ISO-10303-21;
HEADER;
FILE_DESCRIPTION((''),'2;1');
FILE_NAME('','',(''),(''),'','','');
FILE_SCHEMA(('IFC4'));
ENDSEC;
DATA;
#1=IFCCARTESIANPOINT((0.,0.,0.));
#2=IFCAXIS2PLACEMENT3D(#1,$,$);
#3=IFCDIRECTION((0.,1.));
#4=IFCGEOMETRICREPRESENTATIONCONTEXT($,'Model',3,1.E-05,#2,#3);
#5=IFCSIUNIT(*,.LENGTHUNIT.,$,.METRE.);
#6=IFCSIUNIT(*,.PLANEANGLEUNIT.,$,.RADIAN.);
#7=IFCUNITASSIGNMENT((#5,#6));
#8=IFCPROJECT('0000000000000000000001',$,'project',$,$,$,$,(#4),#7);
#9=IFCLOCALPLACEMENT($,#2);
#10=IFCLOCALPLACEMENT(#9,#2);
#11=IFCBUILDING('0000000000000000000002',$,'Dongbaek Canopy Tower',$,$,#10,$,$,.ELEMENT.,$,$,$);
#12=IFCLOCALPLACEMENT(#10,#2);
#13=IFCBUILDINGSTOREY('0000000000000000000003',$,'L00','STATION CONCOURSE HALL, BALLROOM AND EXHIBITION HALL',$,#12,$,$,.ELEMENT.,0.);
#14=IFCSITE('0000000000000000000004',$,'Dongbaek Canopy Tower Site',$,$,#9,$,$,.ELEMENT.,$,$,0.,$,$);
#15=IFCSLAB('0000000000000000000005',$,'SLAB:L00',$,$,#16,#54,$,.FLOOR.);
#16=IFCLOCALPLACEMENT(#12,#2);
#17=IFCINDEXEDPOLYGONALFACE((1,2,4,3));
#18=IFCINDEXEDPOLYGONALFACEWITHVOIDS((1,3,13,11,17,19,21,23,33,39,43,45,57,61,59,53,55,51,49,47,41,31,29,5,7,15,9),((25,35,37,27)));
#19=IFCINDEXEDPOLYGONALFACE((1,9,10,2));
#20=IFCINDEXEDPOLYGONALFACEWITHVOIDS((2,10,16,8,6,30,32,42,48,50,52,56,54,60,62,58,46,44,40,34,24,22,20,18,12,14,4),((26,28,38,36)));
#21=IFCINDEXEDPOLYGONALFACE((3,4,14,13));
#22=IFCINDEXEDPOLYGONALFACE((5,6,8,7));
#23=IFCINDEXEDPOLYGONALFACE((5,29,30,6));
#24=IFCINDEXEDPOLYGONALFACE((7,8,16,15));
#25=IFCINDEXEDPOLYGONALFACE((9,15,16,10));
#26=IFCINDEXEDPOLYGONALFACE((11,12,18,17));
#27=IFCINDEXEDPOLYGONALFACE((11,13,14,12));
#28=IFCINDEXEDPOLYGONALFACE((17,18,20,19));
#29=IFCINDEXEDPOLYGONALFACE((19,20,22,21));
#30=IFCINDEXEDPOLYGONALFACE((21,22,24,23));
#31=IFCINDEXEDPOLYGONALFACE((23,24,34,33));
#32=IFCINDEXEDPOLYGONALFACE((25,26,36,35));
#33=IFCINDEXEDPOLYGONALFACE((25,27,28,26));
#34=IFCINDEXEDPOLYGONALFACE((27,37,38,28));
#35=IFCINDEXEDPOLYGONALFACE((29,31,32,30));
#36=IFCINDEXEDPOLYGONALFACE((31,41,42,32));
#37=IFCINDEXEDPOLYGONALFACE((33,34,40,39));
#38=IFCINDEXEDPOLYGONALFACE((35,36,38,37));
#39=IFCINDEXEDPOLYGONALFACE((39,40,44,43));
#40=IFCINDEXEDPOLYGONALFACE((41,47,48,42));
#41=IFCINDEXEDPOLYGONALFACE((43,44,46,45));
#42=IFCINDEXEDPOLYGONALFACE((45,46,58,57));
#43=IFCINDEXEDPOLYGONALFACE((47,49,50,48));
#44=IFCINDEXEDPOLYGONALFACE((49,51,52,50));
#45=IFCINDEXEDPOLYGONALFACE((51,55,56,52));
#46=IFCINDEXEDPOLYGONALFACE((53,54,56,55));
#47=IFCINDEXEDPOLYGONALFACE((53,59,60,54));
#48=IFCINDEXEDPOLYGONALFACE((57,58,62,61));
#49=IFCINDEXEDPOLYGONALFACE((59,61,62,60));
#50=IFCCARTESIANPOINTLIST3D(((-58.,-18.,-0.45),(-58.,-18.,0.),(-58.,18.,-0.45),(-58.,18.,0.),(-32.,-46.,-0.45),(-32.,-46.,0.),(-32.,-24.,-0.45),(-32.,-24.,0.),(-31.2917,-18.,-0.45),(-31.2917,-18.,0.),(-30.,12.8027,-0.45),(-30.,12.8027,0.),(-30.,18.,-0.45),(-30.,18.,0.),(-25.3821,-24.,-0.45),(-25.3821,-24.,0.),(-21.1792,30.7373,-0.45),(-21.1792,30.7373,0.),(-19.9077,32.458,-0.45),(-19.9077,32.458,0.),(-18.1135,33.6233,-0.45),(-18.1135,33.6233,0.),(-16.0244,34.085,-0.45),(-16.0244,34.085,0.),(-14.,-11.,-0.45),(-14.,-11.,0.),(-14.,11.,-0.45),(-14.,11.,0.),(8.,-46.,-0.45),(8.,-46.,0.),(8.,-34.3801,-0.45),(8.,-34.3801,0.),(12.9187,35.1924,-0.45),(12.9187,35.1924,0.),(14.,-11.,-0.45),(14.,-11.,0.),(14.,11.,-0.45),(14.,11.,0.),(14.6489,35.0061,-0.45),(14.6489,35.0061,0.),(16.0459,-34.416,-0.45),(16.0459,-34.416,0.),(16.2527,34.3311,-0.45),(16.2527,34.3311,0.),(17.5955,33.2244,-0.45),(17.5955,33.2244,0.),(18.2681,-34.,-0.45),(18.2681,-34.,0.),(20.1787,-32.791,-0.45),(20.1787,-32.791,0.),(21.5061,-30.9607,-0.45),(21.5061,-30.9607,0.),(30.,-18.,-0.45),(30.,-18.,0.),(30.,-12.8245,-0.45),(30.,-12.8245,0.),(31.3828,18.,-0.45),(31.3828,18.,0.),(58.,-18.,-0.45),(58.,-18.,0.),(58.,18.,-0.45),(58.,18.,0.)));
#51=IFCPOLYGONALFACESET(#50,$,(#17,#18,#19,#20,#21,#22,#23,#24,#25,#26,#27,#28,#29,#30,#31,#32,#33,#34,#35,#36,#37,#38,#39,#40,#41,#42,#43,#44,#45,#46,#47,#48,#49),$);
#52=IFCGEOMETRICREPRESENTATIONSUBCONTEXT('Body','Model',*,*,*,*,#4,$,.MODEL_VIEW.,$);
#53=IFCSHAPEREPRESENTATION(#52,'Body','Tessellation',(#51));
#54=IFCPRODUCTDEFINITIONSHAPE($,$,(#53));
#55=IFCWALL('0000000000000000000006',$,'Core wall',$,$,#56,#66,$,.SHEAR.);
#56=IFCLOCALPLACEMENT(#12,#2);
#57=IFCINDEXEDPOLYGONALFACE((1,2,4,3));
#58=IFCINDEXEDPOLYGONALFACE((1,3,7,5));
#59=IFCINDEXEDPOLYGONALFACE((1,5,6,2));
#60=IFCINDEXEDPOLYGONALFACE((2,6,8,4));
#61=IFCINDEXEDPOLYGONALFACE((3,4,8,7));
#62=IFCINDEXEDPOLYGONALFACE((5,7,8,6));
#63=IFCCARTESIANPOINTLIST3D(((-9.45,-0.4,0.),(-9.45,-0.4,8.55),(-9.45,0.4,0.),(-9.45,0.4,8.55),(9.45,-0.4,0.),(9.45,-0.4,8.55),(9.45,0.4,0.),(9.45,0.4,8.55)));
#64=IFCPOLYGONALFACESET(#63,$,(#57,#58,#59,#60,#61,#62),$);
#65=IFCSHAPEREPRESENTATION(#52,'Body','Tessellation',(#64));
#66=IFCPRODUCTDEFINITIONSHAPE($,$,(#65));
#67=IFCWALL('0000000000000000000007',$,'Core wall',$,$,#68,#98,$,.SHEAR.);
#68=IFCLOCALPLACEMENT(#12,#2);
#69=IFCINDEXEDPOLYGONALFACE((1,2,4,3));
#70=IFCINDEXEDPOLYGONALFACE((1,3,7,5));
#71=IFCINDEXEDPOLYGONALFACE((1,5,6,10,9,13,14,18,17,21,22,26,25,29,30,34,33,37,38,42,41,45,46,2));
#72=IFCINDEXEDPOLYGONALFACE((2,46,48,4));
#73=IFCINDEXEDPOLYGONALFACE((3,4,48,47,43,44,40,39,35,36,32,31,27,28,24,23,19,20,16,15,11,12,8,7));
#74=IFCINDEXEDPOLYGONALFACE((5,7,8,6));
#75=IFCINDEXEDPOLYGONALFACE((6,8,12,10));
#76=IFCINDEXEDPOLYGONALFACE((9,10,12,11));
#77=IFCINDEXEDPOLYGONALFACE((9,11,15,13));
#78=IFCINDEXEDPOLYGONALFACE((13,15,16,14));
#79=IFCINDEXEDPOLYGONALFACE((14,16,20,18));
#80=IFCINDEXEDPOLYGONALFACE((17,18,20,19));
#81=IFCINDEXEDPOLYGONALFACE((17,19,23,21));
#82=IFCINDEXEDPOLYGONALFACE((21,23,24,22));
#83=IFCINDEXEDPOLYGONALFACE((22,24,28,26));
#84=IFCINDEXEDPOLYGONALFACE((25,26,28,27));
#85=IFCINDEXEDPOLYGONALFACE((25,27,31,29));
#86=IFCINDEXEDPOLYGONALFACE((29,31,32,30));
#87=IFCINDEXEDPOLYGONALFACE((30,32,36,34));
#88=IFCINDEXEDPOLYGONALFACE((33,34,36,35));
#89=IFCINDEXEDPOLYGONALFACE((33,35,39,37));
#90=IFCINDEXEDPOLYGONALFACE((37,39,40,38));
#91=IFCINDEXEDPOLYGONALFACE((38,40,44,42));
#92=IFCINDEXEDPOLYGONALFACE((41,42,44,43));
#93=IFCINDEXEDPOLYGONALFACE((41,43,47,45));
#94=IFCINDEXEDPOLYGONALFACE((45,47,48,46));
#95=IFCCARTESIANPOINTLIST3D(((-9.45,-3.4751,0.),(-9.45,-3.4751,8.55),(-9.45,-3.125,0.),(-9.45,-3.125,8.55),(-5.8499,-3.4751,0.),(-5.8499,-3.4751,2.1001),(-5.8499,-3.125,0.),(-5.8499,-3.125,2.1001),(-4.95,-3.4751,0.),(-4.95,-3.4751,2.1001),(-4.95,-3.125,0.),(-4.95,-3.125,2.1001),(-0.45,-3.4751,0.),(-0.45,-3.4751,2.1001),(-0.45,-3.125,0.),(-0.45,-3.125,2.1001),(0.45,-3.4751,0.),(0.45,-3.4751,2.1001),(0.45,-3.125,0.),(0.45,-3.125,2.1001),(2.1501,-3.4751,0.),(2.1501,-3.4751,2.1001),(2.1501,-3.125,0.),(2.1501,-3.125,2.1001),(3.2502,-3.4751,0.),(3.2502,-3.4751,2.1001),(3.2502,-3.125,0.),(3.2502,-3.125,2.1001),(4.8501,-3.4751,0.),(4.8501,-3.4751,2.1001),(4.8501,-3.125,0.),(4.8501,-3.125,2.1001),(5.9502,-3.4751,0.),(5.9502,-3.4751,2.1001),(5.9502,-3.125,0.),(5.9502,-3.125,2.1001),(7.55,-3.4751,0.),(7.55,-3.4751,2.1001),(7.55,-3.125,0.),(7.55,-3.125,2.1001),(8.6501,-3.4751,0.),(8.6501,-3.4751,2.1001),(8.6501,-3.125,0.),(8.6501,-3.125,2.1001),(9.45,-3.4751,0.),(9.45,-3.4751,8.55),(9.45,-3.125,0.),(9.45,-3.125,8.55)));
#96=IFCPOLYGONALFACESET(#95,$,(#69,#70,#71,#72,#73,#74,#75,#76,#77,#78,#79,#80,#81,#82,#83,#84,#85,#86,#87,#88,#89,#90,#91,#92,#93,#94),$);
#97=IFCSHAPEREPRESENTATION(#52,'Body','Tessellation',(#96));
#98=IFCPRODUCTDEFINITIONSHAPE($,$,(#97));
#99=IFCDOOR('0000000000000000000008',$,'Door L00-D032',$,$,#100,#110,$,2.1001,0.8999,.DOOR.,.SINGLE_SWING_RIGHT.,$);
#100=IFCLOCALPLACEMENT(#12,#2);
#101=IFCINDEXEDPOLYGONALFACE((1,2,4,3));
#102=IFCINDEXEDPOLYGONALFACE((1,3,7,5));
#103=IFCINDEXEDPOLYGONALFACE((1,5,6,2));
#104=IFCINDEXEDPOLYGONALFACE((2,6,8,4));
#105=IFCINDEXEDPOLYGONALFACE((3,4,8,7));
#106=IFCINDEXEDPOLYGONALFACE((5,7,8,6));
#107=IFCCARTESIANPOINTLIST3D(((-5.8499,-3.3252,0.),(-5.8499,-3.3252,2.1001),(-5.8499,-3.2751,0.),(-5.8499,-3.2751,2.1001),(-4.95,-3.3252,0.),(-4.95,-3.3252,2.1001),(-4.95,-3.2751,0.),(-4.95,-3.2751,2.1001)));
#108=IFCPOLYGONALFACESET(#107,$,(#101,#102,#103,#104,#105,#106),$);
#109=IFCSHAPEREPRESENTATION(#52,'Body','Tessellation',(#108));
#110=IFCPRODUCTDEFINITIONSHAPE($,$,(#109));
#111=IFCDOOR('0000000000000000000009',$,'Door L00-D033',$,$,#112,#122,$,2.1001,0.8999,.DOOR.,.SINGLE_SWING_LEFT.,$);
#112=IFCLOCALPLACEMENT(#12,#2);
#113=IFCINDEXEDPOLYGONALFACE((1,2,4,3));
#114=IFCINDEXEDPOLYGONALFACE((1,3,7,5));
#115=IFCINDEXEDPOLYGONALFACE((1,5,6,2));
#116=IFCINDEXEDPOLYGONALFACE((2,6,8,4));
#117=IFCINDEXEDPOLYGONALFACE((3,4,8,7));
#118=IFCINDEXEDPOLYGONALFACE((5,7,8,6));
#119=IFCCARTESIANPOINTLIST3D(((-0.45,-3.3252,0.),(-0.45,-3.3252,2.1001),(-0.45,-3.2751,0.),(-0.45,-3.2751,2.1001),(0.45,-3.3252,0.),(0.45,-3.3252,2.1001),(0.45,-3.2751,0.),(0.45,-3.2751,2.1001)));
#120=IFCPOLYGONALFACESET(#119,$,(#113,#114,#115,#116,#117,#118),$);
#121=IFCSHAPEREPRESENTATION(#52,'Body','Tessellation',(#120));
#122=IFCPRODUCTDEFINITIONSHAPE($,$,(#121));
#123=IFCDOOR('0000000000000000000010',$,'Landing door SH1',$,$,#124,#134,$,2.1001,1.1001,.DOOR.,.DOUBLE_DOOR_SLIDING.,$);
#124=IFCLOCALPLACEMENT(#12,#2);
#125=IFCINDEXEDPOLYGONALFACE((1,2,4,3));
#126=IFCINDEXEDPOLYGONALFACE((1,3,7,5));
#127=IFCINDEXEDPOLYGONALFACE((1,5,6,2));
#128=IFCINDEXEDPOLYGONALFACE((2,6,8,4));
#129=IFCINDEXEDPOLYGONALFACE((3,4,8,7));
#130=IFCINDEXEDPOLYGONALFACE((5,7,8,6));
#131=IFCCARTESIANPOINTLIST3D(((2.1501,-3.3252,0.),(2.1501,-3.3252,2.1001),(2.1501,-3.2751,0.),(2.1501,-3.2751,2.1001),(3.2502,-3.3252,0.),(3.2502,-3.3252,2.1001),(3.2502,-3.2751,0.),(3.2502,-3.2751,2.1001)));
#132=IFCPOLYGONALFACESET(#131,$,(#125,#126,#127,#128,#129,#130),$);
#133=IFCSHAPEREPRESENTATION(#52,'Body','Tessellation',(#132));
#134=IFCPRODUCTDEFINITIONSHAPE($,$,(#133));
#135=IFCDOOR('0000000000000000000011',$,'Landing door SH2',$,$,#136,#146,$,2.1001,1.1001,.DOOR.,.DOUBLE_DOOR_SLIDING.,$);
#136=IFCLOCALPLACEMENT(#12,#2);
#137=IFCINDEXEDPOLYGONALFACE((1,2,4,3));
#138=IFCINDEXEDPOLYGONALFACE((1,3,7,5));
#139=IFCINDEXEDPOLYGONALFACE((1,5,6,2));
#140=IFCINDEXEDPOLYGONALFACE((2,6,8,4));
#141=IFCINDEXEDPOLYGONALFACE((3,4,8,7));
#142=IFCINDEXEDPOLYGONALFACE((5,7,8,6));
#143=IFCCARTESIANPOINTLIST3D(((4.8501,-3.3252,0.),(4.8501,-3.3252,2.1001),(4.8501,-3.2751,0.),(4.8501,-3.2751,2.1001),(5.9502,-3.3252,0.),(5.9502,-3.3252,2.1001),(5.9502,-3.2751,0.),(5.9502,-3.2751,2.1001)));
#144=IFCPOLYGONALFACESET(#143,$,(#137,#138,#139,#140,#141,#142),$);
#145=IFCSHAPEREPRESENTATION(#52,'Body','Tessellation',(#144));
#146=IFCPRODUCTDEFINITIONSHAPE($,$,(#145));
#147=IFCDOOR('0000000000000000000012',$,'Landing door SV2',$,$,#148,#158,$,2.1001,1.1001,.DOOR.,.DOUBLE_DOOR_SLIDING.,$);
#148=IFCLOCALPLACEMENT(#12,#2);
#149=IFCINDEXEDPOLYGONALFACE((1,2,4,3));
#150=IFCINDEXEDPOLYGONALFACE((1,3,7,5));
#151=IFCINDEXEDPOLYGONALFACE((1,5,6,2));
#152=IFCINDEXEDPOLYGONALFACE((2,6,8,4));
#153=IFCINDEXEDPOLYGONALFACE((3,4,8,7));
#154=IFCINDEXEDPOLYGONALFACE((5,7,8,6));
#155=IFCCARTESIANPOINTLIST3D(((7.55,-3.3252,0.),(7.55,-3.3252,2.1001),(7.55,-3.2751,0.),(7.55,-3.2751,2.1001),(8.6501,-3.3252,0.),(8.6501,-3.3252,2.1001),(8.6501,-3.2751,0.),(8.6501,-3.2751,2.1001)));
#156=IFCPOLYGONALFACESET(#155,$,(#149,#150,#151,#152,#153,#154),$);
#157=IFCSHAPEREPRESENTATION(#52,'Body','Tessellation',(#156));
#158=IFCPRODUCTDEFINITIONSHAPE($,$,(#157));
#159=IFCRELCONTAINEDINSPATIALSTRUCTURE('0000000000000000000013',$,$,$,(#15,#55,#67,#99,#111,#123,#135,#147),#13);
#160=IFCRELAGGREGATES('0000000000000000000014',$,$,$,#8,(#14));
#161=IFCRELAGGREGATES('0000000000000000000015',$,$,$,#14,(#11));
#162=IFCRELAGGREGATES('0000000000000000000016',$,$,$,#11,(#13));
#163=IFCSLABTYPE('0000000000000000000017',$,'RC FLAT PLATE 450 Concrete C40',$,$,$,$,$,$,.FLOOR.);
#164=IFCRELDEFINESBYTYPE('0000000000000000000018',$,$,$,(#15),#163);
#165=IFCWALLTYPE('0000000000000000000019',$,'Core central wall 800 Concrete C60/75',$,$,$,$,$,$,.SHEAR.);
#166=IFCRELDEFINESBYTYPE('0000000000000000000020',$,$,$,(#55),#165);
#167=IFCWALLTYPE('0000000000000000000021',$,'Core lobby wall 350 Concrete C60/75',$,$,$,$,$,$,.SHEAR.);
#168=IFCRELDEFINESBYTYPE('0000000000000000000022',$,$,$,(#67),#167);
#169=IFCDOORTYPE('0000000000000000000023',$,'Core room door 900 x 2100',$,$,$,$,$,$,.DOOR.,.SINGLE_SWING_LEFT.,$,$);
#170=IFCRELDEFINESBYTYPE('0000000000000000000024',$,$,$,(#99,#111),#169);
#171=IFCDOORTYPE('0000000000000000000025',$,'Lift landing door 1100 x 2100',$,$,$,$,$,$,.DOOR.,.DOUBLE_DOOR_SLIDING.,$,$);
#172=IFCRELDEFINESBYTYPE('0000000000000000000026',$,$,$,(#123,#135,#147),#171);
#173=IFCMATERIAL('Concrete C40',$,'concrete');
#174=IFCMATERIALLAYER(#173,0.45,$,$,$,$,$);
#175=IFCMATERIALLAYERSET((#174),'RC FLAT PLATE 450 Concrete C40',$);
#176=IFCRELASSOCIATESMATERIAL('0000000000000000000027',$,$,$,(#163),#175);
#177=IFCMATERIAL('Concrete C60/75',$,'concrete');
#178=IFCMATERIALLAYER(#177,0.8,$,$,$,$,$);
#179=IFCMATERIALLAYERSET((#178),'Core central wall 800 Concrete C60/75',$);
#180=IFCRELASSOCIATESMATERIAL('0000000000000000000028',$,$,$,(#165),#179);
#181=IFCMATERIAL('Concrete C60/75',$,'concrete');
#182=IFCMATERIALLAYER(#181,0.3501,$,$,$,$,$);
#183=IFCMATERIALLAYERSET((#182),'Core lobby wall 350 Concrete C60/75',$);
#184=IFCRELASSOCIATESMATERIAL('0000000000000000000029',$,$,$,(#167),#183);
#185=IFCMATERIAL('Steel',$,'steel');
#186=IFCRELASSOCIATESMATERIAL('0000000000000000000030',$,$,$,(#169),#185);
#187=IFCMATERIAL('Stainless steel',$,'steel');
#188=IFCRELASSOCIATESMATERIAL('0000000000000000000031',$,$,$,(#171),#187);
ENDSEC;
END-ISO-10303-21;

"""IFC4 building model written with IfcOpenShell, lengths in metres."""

from ifc_helpers import new_model, si_unit, direction, frame, frame_2d, origin, place, context, subcontext, project, spatial, polyline, rectangle, outline, extrude, material, layer, layer_set, type_object, element, fill, save


model = new_model("IFC4")

# Units and contexts
model_context = context("Model", 3, precision=1e-05, world=origin(), true_north=direction((0.0, 1.0)))
body_context = subcontext(model_context, "Body", "Model", "MODEL_VIEW")
ifc_project = project(units=[si_unit("LENGTHUNIT", "METRE"), si_unit("PLANEANGLEUNIT", "RADIAN")], contexts=[model_context])

# Site, building, storey
site_placement = place(None, origin())
site = spatial("IfcSite", under=ifc_project, at=site_placement, Name="Dongbaek Canopy Tower Site", CompositionType="ELEMENT", RefElevation=0.0)
building_placement = place(site_placement, origin())
building = spatial("IfcBuilding", under=site, at=building_placement, Name="Dongbaek Canopy Tower", CompositionType="ELEMENT")
storey_placement = place(building_placement, origin())
storey = spatial("IfcBuildingStorey", under=building, at=storey_placement, Name="L00", Description="STATION CONCOURSE HALL, BALLROOM AND EXHIBITION HALL", CompositionType="ELEMENT", Elevation=0.0)

# Slab
ifc_material_1 = material(Name="Concrete C40", Category="concrete")
ifc_layer_1 = layer(ifc_material_1, 0.45)
ifc_layer_set_1 = layer_set([ifc_layer_1], Name="RC FLAT PLATE 450 Concrete C40")
slab_type_1 = type_object("IfcSlabType", Name="RC FLAT PLATE 450 Concrete C40", PredefinedType="FLOOR", material=ifc_layer_set_1)
slab_1_placement = place(storey_placement, frame((0.0, 0.0, -0.45)))
element("IfcSlab", 1, at=slab_1_placement, inside=storey, type_object=slab_type_1, Name="SLAB:L00", PredefinedType="FLOOR", context=body_context, shape_type="SweptSolid", body=[
    extrude(outline(polyline([(-25.3821, -24.0), (-31.2917, -18.0), (-58.0, -18.0), (-58.0, 18.0), (-30.0, 18.0), (-30.0, 12.8027), (-21.1792, 30.7373), (-19.9077, 32.458), (-18.1135, 33.6233), (-16.0244, 34.085), (12.9187, 35.1924), (14.6489, 35.0061), (16.2527, 34.3311), (17.5955, 33.2244), (31.3828, 18.0), (58.0, 18.0), (58.0, -18.0), (30.0, -18.0), (30.0, -12.8245), (21.5061, -30.9607), (20.1787, -32.791), (18.2681, -34.0), (16.0459, -34.416), (8.0, -34.3801), (8.0, -46.0), (-32.0, -46.0), (-32.0, -24.0), (-25.3821, -24.0)]), holes=[polyline([(14.0, 11.0), (-14.0, 11.0), (-14.0, -11.0), (14.0, -11.0), (14.0, 11.0)])]), origin(), (0.0, 0.0, 1.0), 0.45),
])

# Wall
ifc_material_2 = material(Name="Concrete C60/75", Category="concrete")
ifc_layer_2 = layer(ifc_material_2, 0.8)
ifc_layer_set_2 = layer_set([ifc_layer_2], Name="Core central wall 800 Concrete C60/75")
wall_type_1 = type_object("IfcWallType", Name="Core central wall 800 Concrete C60/75", PredefinedType="SHEAR", material=ifc_layer_set_2)
wall_1_placement = place(storey_placement, frame((-9.45, 0.0, 0.0), z_axis=(0.0, 0.0, 1.0), x_axis=(1.0, 0.0, 0.0)))
element("IfcWall", 2, at=wall_1_placement, inside=storey, type_object=wall_type_1, Name="Core wall", PredefinedType="SHEAR", context=body_context, shape_type="SweptSolid", body=[
    extrude(rectangle(XDim=18.8999, YDim=0.8, at=frame_2d((9.45, 0.0))), origin(), (0.0, 0.0, 1.0), 8.55),
])

# Wall, openings, doors
ifc_material_3 = material(Name="Concrete C60/75", Category="concrete")
ifc_layer_3 = layer(ifc_material_3, 0.3501)
ifc_layer_set_3 = layer_set([ifc_layer_3], Name="Core lobby wall 350 Concrete C60/75")
wall_type_2 = type_object("IfcWallType", Name="Core lobby wall 350 Concrete C60/75", PredefinedType="SHEAR", material=ifc_layer_set_3)
wall_2_placement = place(storey_placement, frame((-9.45, -3.3, 0.0), z_axis=(0.0, 0.0, 1.0), x_axis=(1.0, 0.0, 0.0)))
wall_2 = element("IfcWall", 3, at=wall_2_placement, inside=storey, type_object=wall_type_2, Name="Core wall", PredefinedType="SHEAR", context=body_context, shape_type="SweptSolid", body=[
    extrude(rectangle(XDim=18.8999, YDim=0.3501, at=frame_2d((9.45, 0.0))), origin(), (0.0, 0.0, 1.0), 8.55),
])
opening_1_placement = place(wall_2_placement, frame((11.6001, 0.0, 0.0)))
opening_1 = element("IfcOpeningElement", 4, at=opening_1_placement, cuts=wall_2, PredefinedType="OPENING", context=body_context, shape_type="SweptSolid", body=[
    extrude(rectangle(XDim=1.1001, YDim=2.1001, at=frame_2d((0.55, 1.05))), frame((0.0, 0.1851, 0.0), z_axis=(0.0, -1.0, 0.0), x_axis=(1.0, 0.0, 0.0)), (0.0, 0.0, 1.0), 0.3701),
])
opening_2_placement = place(wall_2_placement, frame((14.3, 0.0, 0.0)))
opening_2 = element("IfcOpeningElement", 5, at=opening_2_placement, cuts=wall_2, PredefinedType="OPENING", context=body_context, shape_type="SweptSolid", body=[
    extrude(rectangle(XDim=1.1001, YDim=2.1001, at=frame_2d((0.55, 1.05))), frame((0.0, 0.1851, 0.0), z_axis=(0.0, -1.0, 0.0), x_axis=(1.0, 0.0, 0.0)), (0.0, 0.0, 1.0), 0.3701),
])
opening_3_placement = place(wall_2_placement, frame((17.0, 0.0, 0.0)))
opening_3 = element("IfcOpeningElement", 6, at=opening_3_placement, cuts=wall_2, PredefinedType="OPENING", context=body_context, shape_type="SweptSolid", body=[
    extrude(rectangle(XDim=1.1001, YDim=2.1001, at=frame_2d((0.55, 1.05))), frame((0.0, 0.1851, 0.0), z_axis=(0.0, -1.0, 0.0), x_axis=(1.0, 0.0, 0.0)), (0.0, 0.0, 1.0), 0.3701),
])
opening_4_placement = place(wall_2_placement, frame((3.6001, 0.0, 0.0)))
opening_4 = element("IfcOpeningElement", 7, at=opening_4_placement, cuts=wall_2, PredefinedType="OPENING", context=body_context, shape_type="SweptSolid", body=[
    extrude(rectangle(XDim=0.8999, YDim=2.1001, at=frame_2d((0.45, 1.05))), frame((0.0, 0.1851, 0.0), z_axis=(0.0, -1.0, 0.0), x_axis=(1.0, 0.0, 0.0)), (0.0, 0.0, 1.0), 0.3701),
])
opening_5_placement = place(wall_2_placement, frame((9.0, 0.0, 0.0)))
opening_5 = element("IfcOpeningElement", 8, at=opening_5_placement, cuts=wall_2, PredefinedType="OPENING", context=body_context, shape_type="SweptSolid", body=[
    extrude(rectangle(XDim=0.8999, YDim=2.1001, at=frame_2d((0.45, 1.05))), frame((0.0, 0.1851, 0.0), z_axis=(0.0, -1.0, 0.0), x_axis=(1.0, 0.0, 0.0)), (0.0, 0.0, 1.0), 0.3701),
])
ifc_material_4 = material(Name="Steel", Category="steel")
door_type_1 = type_object("IfcDoorType", Name="Core room door 900 x 2100", OperationType="SINGLE_SWING_LEFT", PredefinedType="DOOR", material=ifc_material_4)
door_1_placement = place(opening_4_placement, origin())
door_1 = element("IfcDoor", 9, at=door_1_placement, inside=storey, type_object=door_type_1, Name="Door L00-D032", OperationType="SINGLE_SWING_RIGHT", OverallHeight=2.1001, OverallWidth=0.8999, PredefinedType="DOOR", context=body_context, shape_type="SweptSolid", body=[
    extrude(rectangle(XDim=0.8999, YDim=2.1001, at=frame_2d((0.45, 1.05))), frame((0.0, 0.0249, 0.0), z_axis=(0.0, -1.0, 0.0), x_axis=(1.0, 0.0, 0.0)), (0.0, 0.0, 1.0), 0.05),
])
fill(opening_4, door_1)
door_2_placement = place(opening_5_placement, origin())
door_2 = element("IfcDoor", 10, at=door_2_placement, inside=storey, type_object=door_type_1, Name="Door L00-D033", OperationType="SINGLE_SWING_LEFT", OverallHeight=2.1001, OverallWidth=0.8999, PredefinedType="DOOR", context=body_context, shape_type="SweptSolid", body=[
    extrude(rectangle(XDim=0.8999, YDim=2.1001, at=frame_2d((0.45, 1.05))), frame((0.0, 0.0249, 0.0), z_axis=(0.0, -1.0, 0.0), x_axis=(1.0, 0.0, 0.0)), (0.0, 0.0, 1.0), 0.05),
])
fill(opening_5, door_2)
ifc_material_5 = material(Name="Stainless steel", Category="steel")
door_type_2 = type_object("IfcDoorType", Name="Lift landing door 1100 x 2100", OperationType="DOUBLE_DOOR_SLIDING", PredefinedType="DOOR", material=ifc_material_5)
door_3_placement = place(opening_1_placement, origin())
door_3 = element("IfcDoor", 11, at=door_3_placement, inside=storey, type_object=door_type_2, Name="Landing door SH1", OperationType="DOUBLE_DOOR_SLIDING", OverallHeight=2.1001, OverallWidth=1.1001, PredefinedType="DOOR", context=body_context, shape_type="SweptSolid", body=[
    extrude(rectangle(XDim=1.1001, YDim=2.1001, at=frame_2d((0.55, 1.05))), frame((0.0, 0.0249, 0.0), z_axis=(0.0, -1.0, 0.0), x_axis=(1.0, 0.0, 0.0)), (0.0, 0.0, 1.0), 0.05),
])
fill(opening_1, door_3)
door_4_placement = place(opening_2_placement, origin())
door_4 = element("IfcDoor", 12, at=door_4_placement, inside=storey, type_object=door_type_2, Name="Landing door SH2", OperationType="DOUBLE_DOOR_SLIDING", OverallHeight=2.1001, OverallWidth=1.1001, PredefinedType="DOOR", context=body_context, shape_type="SweptSolid", body=[
    extrude(rectangle(XDim=1.1001, YDim=2.1001, at=frame_2d((0.55, 1.05))), frame((0.0, 0.0249, 0.0), z_axis=(0.0, -1.0, 0.0), x_axis=(1.0, 0.0, 0.0)), (0.0, 0.0, 1.0), 0.05),
])
fill(opening_2, door_4)
door_5_placement = place(opening_3_placement, origin())
door_5 = element("IfcDoor", 13, at=door_5_placement, inside=storey, type_object=door_type_2, Name="Landing door SV2", OperationType="DOUBLE_DOOR_SLIDING", OverallHeight=2.1001, OverallWidth=1.1001, PredefinedType="DOOR", context=body_context, shape_type="SweptSolid", body=[
    extrude(rectangle(XDim=1.1001, YDim=2.1001, at=frame_2d((0.55, 1.05))), frame((0.0, 0.0249, 0.0), z_axis=(0.0, -1.0, 0.0), x_axis=(1.0, 0.0, 0.0)), (0.0, 0.0, 1.0), 0.05),
])
fill(opening_3, door_5)

save(model, "model.ifc")
